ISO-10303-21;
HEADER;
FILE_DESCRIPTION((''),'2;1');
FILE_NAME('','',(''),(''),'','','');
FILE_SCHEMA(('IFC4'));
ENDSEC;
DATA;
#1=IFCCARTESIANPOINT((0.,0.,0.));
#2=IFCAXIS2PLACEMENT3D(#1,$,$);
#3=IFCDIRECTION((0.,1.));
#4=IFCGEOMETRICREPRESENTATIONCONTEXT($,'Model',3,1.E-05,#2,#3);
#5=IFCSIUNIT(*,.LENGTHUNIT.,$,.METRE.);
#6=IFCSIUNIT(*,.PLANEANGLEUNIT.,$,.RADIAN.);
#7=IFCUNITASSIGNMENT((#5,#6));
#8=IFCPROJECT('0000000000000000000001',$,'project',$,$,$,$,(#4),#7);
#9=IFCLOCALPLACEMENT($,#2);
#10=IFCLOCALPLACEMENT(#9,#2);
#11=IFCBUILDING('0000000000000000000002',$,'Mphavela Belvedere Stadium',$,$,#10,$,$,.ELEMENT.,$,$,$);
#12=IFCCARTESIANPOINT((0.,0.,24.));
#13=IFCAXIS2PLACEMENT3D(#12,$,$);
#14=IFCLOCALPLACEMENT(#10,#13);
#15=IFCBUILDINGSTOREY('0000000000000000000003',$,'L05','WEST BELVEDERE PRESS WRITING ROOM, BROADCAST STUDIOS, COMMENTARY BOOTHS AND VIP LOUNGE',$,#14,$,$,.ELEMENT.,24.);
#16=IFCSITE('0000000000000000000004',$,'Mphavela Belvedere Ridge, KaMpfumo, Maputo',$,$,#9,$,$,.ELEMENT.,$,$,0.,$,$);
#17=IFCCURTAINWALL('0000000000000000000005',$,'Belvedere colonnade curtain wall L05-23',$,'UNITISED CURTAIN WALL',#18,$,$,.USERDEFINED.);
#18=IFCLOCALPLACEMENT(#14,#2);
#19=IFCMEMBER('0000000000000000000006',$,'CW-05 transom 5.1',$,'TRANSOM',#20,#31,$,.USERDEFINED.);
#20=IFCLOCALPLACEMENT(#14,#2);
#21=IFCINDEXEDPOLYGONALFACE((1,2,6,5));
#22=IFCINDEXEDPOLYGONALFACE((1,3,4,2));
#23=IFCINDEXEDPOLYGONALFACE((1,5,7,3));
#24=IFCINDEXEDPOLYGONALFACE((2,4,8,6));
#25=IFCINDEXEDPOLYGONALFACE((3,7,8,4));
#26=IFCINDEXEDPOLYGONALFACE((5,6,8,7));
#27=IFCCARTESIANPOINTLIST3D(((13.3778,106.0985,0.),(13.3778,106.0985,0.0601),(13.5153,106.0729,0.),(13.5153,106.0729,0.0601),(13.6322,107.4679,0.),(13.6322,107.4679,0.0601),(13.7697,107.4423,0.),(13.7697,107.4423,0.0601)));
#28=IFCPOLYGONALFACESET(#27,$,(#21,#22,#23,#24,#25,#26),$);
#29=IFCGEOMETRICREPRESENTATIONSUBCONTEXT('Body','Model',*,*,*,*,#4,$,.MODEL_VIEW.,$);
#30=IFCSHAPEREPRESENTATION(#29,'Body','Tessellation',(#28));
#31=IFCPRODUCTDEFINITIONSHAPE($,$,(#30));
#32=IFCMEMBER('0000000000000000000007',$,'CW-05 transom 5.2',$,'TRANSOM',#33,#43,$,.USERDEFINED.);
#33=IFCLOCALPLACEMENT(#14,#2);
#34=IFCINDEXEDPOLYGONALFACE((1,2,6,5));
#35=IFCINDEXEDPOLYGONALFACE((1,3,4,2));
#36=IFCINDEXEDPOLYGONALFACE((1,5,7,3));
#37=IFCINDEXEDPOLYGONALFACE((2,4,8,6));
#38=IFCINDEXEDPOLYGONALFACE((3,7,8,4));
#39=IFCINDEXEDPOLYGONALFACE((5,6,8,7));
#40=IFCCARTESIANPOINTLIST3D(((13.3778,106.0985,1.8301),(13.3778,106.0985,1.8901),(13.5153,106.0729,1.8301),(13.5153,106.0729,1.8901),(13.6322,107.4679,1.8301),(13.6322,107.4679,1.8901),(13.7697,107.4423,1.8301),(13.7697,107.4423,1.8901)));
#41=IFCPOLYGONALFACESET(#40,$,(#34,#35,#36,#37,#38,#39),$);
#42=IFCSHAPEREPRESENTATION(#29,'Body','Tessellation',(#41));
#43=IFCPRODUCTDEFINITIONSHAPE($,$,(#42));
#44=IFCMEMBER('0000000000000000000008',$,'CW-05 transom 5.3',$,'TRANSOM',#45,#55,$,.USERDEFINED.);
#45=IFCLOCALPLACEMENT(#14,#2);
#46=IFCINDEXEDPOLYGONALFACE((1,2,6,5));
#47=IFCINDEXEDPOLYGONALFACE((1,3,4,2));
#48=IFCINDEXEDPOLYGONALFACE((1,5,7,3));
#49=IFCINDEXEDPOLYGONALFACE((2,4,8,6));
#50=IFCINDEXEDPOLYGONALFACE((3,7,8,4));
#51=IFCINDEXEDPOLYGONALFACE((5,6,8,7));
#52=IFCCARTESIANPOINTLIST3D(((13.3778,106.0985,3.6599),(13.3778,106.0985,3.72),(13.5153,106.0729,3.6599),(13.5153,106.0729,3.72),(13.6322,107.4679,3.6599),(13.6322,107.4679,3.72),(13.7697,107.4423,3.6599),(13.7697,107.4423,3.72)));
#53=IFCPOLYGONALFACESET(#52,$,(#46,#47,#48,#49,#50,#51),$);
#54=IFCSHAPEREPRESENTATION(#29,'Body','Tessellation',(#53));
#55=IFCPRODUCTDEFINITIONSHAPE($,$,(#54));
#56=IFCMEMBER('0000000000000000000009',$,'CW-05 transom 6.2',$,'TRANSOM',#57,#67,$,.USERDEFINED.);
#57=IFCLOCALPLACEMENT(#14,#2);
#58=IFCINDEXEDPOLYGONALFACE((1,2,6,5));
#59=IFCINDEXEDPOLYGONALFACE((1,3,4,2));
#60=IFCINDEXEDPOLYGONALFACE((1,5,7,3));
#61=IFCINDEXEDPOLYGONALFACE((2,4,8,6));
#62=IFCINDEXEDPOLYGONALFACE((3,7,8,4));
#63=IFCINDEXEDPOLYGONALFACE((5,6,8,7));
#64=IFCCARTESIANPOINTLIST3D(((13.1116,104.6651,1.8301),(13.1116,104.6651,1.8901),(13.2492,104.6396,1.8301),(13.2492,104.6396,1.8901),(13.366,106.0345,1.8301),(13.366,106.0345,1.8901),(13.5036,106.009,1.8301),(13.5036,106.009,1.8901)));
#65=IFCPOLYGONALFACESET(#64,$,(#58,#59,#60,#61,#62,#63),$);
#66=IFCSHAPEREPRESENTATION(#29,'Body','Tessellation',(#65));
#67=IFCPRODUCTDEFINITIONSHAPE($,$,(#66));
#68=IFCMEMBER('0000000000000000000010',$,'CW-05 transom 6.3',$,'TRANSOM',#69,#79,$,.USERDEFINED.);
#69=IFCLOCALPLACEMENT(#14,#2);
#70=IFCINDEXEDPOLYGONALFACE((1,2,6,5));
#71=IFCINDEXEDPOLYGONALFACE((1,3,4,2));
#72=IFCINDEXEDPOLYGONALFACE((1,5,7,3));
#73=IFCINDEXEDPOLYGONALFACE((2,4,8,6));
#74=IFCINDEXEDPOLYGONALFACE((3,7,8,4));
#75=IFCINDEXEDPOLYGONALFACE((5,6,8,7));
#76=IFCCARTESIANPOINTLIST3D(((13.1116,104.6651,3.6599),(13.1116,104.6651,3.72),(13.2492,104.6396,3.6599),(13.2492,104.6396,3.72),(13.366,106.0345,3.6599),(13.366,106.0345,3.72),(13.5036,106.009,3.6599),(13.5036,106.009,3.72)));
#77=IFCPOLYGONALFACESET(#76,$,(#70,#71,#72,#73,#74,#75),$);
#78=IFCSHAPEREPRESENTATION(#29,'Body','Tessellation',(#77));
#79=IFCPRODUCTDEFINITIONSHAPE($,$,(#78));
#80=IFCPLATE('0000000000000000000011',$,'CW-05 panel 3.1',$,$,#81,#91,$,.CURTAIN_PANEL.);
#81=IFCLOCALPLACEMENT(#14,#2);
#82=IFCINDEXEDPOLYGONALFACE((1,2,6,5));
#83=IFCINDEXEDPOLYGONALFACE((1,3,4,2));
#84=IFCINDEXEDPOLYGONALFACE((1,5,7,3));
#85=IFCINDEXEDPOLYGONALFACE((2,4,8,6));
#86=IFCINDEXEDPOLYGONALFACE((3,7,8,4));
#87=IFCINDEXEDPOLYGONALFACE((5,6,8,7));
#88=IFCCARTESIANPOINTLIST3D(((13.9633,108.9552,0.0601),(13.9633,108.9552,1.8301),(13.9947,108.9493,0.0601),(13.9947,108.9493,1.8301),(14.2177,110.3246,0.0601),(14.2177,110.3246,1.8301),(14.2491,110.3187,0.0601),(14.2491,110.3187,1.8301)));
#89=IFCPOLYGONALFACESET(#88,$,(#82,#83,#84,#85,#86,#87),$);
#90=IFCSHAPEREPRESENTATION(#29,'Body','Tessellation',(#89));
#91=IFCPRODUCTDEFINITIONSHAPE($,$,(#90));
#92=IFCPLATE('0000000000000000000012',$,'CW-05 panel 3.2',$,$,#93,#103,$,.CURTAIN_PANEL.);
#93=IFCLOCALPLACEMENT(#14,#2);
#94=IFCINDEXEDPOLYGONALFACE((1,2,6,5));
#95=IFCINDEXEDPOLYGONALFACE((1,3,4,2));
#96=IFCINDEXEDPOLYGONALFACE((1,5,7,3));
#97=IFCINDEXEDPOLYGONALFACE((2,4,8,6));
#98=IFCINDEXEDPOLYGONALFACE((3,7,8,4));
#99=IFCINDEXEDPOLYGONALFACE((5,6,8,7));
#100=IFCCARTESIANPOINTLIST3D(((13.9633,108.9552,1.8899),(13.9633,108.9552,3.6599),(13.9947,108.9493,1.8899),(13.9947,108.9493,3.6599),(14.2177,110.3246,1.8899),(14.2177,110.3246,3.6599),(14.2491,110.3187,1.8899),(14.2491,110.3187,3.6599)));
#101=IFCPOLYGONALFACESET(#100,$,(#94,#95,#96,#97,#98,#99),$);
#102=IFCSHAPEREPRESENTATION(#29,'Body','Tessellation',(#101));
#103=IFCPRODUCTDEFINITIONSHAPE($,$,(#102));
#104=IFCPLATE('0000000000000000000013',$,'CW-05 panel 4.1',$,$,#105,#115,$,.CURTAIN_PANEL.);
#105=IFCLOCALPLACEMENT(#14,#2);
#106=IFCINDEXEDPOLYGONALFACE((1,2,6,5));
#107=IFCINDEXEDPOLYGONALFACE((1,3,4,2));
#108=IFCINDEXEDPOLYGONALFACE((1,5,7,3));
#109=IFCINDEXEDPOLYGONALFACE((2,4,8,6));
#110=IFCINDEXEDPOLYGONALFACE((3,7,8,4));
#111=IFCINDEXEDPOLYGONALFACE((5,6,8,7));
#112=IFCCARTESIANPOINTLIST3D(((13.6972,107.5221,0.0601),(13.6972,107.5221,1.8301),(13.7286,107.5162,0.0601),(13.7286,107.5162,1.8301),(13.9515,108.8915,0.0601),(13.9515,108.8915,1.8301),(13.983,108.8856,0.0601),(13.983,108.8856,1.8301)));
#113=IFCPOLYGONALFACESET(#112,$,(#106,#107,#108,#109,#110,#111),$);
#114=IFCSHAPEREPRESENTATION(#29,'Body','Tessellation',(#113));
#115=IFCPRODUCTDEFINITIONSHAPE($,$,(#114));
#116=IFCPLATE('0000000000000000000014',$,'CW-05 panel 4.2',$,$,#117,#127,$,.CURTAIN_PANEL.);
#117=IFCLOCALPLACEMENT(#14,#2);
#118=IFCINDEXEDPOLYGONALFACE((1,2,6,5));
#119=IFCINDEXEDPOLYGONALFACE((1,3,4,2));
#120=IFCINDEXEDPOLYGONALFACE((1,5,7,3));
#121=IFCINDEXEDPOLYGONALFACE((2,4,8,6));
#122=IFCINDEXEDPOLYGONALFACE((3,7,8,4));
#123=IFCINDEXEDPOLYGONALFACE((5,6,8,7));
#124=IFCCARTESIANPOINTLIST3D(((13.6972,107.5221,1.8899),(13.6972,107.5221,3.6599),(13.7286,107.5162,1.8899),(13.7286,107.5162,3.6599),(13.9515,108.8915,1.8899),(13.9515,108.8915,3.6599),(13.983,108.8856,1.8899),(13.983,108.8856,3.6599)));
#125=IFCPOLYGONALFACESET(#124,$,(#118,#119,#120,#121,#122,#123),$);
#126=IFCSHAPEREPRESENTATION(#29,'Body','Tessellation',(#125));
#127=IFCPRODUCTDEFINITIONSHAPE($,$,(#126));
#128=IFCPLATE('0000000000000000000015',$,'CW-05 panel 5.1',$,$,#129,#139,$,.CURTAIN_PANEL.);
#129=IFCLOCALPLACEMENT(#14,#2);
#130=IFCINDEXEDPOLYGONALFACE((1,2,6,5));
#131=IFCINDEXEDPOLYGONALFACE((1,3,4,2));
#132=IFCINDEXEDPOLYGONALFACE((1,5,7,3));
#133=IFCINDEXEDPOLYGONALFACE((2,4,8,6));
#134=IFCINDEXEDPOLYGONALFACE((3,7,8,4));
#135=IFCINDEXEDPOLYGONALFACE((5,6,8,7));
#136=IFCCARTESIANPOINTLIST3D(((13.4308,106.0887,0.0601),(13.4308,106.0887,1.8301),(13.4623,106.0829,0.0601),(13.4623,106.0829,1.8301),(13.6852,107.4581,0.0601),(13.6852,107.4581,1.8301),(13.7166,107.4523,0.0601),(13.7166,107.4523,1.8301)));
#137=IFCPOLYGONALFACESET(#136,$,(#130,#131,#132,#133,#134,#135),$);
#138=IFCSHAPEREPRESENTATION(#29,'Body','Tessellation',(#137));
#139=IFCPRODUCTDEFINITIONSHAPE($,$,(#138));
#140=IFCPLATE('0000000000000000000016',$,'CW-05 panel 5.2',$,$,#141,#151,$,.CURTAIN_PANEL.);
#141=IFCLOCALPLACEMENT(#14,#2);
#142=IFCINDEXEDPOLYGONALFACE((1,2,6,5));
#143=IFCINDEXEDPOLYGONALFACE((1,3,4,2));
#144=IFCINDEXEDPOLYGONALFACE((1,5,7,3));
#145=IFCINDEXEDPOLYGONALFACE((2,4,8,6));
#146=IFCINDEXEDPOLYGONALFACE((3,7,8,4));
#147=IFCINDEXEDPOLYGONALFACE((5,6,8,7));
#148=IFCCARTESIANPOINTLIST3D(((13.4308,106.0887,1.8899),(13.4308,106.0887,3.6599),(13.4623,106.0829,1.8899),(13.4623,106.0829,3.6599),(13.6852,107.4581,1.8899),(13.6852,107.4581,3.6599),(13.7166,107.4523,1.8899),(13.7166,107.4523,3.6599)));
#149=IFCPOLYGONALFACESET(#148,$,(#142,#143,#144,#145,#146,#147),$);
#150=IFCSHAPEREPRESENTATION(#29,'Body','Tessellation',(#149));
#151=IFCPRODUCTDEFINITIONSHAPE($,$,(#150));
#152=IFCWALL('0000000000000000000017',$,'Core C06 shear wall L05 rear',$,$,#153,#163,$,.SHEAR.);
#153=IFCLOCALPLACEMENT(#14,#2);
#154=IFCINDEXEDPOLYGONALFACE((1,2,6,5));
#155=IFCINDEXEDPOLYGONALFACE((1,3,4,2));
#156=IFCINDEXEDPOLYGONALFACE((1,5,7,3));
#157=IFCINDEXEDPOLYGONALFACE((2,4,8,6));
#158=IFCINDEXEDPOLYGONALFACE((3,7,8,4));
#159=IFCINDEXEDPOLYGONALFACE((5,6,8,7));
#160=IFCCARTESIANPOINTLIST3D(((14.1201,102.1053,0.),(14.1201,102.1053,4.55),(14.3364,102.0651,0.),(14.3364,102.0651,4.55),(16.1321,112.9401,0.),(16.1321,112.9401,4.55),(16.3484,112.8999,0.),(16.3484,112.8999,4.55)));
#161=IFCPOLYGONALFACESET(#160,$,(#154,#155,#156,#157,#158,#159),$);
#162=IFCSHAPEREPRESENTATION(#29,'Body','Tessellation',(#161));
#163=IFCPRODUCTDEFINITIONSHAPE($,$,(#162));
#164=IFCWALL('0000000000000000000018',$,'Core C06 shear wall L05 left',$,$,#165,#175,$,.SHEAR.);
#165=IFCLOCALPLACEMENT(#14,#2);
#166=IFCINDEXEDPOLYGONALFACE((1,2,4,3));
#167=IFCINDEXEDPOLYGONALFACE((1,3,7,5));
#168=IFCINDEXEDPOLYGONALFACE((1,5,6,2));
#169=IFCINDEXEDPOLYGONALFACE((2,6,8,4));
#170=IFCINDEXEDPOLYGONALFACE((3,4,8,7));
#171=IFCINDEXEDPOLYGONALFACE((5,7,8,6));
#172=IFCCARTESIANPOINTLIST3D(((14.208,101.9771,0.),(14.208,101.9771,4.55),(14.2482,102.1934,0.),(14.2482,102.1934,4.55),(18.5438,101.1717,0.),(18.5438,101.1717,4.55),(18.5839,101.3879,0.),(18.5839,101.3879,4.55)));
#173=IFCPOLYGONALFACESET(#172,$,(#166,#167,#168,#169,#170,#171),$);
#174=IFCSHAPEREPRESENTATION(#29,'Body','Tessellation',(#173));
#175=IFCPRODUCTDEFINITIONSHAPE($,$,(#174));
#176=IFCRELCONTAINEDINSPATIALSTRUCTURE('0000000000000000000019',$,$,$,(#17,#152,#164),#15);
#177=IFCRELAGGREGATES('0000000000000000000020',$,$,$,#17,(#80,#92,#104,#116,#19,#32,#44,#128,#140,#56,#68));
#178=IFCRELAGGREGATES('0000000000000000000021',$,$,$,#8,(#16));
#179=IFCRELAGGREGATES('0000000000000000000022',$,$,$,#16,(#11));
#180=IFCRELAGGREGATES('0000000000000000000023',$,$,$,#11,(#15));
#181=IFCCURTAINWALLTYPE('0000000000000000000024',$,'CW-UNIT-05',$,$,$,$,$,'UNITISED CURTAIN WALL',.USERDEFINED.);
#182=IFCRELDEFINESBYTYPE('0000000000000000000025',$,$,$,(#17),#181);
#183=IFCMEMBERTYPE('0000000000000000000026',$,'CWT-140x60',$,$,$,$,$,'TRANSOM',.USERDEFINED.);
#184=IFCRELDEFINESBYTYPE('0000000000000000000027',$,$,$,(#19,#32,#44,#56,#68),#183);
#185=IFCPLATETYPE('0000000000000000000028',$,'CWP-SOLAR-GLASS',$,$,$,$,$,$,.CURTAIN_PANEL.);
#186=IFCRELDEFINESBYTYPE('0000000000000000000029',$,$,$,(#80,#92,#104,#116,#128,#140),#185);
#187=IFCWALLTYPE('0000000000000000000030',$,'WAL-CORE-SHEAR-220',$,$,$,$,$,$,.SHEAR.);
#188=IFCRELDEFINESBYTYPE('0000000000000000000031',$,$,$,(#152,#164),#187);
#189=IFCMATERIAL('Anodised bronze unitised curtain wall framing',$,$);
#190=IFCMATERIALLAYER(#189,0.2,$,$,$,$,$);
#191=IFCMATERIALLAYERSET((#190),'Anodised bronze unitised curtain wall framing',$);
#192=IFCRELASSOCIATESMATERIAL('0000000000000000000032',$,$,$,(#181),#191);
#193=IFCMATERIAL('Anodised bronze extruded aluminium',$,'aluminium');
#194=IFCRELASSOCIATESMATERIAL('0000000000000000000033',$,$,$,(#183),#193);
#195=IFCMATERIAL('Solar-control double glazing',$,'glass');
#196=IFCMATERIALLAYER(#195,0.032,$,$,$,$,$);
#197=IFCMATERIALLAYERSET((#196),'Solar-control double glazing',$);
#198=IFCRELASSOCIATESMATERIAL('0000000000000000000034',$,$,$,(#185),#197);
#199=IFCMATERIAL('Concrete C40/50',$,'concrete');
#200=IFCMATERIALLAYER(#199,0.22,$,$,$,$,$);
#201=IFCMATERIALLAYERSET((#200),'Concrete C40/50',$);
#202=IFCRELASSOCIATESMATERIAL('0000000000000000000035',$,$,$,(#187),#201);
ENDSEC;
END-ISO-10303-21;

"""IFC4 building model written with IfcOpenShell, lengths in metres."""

from ifc_helpers import new_model, si_unit, direction, frame, frame_2d, origin, origin_2d, place, context, subcontext, project, spatial, rectangle, extrude, material, layer, layer_set, material_profile, profile_set, type_object, element, aggregate, save


model = new_model("IFC4")

# Units and contexts
model_context = context("Model", 3, precision=1e-05, world=origin(), true_north=direction((0.0, 1.0)))
body_context = subcontext(model_context, "Body", "Model", "MODEL_VIEW")
ifc_project = project(units=[si_unit("LENGTHUNIT", "METRE"), si_unit("PLANEANGLEUNIT", "RADIAN")], contexts=[model_context])

# Site, building, storey
site_placement = place(None, origin())
site = spatial("IfcSite", under=ifc_project, at=site_placement, Name="Mphavela Belvedere Ridge, KaMpfumo, Maputo", CompositionType="ELEMENT", RefElevation=0.0)
building_placement = place(site_placement, origin())
building = spatial("IfcBuilding", under=site, at=building_placement, Name="Mphavela Belvedere Stadium", CompositionType="ELEMENT")
storey_placement = place(building_placement, frame((0.0, 0.0, 24.0)))
storey = spatial("IfcBuildingStorey", under=building, at=storey_placement, Name="L05", Description="WEST BELVEDERE PRESS WRITING ROOM, BROADCAST STUDIOS, COMMENTARY BOOTHS AND VIP LOUNGE", CompositionType="ELEMENT", Elevation=24.0)

# Curtain wall, members, plates
ifc_material_1 = material(Name="Anodised bronze unitised curtain wall framing")
ifc_layer_1 = layer(ifc_material_1, 0.2)
ifc_layer_set_1 = layer_set([ifc_layer_1], Name="Anodised bronze unitised curtain wall framing")
curtain_wall_type = type_object("IfcCurtainWallType", Name="CW-UNIT-05", ElementType="UNITISED CURTAIN WALL", PredefinedType="USERDEFINED", material=ifc_layer_set_1)
curtain_wall_placement = place(storey_placement, origin())
curtain_wall = element("IfcCurtainWall", 1, at=curtain_wall_placement, inside=storey, type_object=curtain_wall_type, Name="Belvedere colonnade curtain wall L05-23", ObjectType="UNITISED CURTAIN WALL", PredefinedType="USERDEFINED")
ifc_material_2 = material(Name="Anodised bronze extruded aluminium", Category="aluminium")
ifc_material_profile_1 = material_profile(ifc_material_2, rectangle(XDim=0.1399, YDim=0.0601, at=origin_2d()), Name="CW-TRN 140x60")
ifc_profile_set_1 = profile_set([ifc_material_profile_1], Name="Anodised bronze extruded aluminium")
member_type_1 = type_object("IfcMemberType", Name="CWT-140x60", ElementType="TRANSOM", PredefinedType="USERDEFINED", material=ifc_profile_set_1)
member_1_placement = place(storey_placement, frame((13.7009, 107.4551, 0.03), z_axis=(-0.182648, -0.983178, 0.0), x_axis=(0.983178, -0.182648, 0.0)))
member_1 = element("IfcMember", 2, at=member_1_placement, type_object=member_type_1, Name="CW-05 transom 5.1", ObjectType="TRANSOM", PredefinedType="USERDEFINED", context=body_context, shape_type="SweptSolid", body=[
    extrude(rectangle(XDim=0.1399, YDim=0.0601, at=origin_2d()), origin(), (0.0, 0.0, 1.0), 1.3928),
])
member_2_placement = place(storey_placement, frame((13.7009, 107.4551, 1.8601), z_axis=(-0.182648, -0.983178, 0.0), x_axis=(0.983178, -0.182648, 0.0)))
member_2 = element("IfcMember", 3, at=member_2_placement, type_object=member_type_1, Name="CW-05 transom 5.2", ObjectType="TRANSOM", PredefinedType="USERDEFINED", context=body_context, shape_type="SweptSolid", body=[
    extrude(rectangle(XDim=0.1399, YDim=0.0601, at=origin_2d()), origin(), (0.0, 0.0, 1.0), 1.3928),
])
member_3_placement = place(storey_placement, frame((13.7009, 107.4551, 3.6899), z_axis=(-0.182648, -0.983178, 0.0), x_axis=(0.983178, -0.182648, 0.0)))
member_3 = element("IfcMember", 4, at=member_3_placement, type_object=member_type_1, Name="CW-05 transom 5.3", ObjectType="TRANSOM", PredefinedType="USERDEFINED", context=body_context, shape_type="SweptSolid", body=[
    extrude(rectangle(XDim=0.1399, YDim=0.0601, at=origin_2d()), origin(), (0.0, 0.0, 1.0), 1.3928),
])
member_4_placement = place(storey_placement, frame((13.4348, 106.0217, 1.8601), z_axis=(-0.182648, -0.983178, 0.0), x_axis=(0.983178, -0.182648, 0.0)))
member_4 = element("IfcMember", 5, at=member_4_placement, type_object=member_type_1, Name="CW-05 transom 6.2", ObjectType="TRANSOM", PredefinedType="USERDEFINED", context=body_context, shape_type="SweptSolid", body=[
    extrude(rectangle(XDim=0.1399, YDim=0.0601, at=origin_2d()), origin(), (0.0, 0.0, 1.0), 1.3928),
])
member_5_placement = place(storey_placement, frame((13.4348, 106.0217, 3.6899), z_axis=(-0.182648, -0.983178, 0.0), x_axis=(0.983178, -0.182648, 0.0)))
member_5 = element("IfcMember", 6, at=member_5_placement, type_object=member_type_1, Name="CW-05 transom 6.3", ObjectType="TRANSOM", PredefinedType="USERDEFINED", context=body_context, shape_type="SweptSolid", body=[
    extrude(rectangle(XDim=0.1399, YDim=0.0601, at=origin_2d()), origin(), (0.0, 0.0, 1.0), 1.3928),
])
ifc_material_3 = material(Name="Solar-control double glazing", Category="glass")
ifc_layer_2 = layer(ifc_material_3, 0.032)
ifc_layer_set_2 = layer_set([ifc_layer_2], Name="Solar-control double glazing")
plate_type = type_object("IfcPlateType", Name="CWP-SOLAR-GLASS", PredefinedType="CURTAIN_PANEL", material=ifc_layer_set_2)
plate_1_placement = place(storey_placement, frame((14.1062, 109.637, 0.0601), z_axis=(0.0, 0.0, 1.0), x_axis=(-0.182618, -0.983184, 0.0)))
plate_1 = element("IfcPlate", 7, at=plate_1_placement, type_object=plate_type, Name="CW-05 panel 3.1", PredefinedType="CURTAIN_PANEL", context=body_context, shape_type="SweptSolid", body=[
    extrude(rectangle(XDim=1.3928, YDim=0.032, at=origin_2d()), origin(), (0.0, 0.0, 1.0), 1.77),
])
plate_2_placement = place(storey_placement, frame((14.1062, 109.637, 1.8899), z_axis=(0.0, 0.0, 1.0), x_axis=(-0.182618, -0.983184, 0.0)))
plate_2 = element("IfcPlate", 8, at=plate_2_placement, type_object=plate_type, Name="CW-05 panel 3.2", PredefinedType="CURTAIN_PANEL", context=body_context, shape_type="SweptSolid", body=[
    extrude(rectangle(XDim=1.3928, YDim=0.032, at=origin_2d()), origin(), (0.0, 0.0, 1.0), 1.77),
])
plate_3_placement = place(storey_placement, frame((13.8401, 108.2039, 0.0601), z_axis=(0.0, 0.0, 1.0), x_axis=(-0.182618, -0.983184, 0.0)))
plate_3 = element("IfcPlate", 9, at=plate_3_placement, type_object=plate_type, Name="CW-05 panel 4.1", PredefinedType="CURTAIN_PANEL", context=body_context, shape_type="SweptSolid", body=[
    extrude(rectangle(XDim=1.3928, YDim=0.032, at=origin_2d()), origin(), (0.0, 0.0, 1.0), 1.77),
])
plate_4_placement = place(storey_placement, frame((13.8401, 108.2039, 1.8899), z_axis=(0.0, 0.0, 1.0), x_axis=(-0.182618, -0.983184, 0.0)))
plate_4 = element("IfcPlate", 10, at=plate_4_placement, type_object=plate_type, Name="CW-05 panel 4.2", PredefinedType="CURTAIN_PANEL", context=body_context, shape_type="SweptSolid", body=[
    extrude(rectangle(XDim=1.3928, YDim=0.032, at=origin_2d()), origin(), (0.0, 0.0, 1.0), 1.77),
])
plate_5_placement = place(storey_placement, frame((13.5737, 106.7705, 0.0601), z_axis=(0.0, 0.0, 1.0), x_axis=(-0.182618, -0.983184, 0.0)))
plate_5 = element("IfcPlate", 11, at=plate_5_placement, type_object=plate_type, Name="CW-05 panel 5.1", PredefinedType="CURTAIN_PANEL", context=body_context, shape_type="SweptSolid", body=[
    extrude(rectangle(XDim=1.3928, YDim=0.032, at=origin_2d()), origin(), (0.0, 0.0, 1.0), 1.77),
])
plate_6_placement = place(storey_placement, frame((13.5737, 106.7705, 1.8899), z_axis=(0.0, 0.0, 1.0), x_axis=(-0.182618, -0.983184, 0.0)))
plate_6 = element("IfcPlate", 12, at=plate_6_placement, type_object=plate_type, Name="CW-05 panel 5.2", PredefinedType="CURTAIN_PANEL", context=body_context, shape_type="SweptSolid", body=[
    extrude(rectangle(XDim=1.3928, YDim=0.032, at=origin_2d()), origin(), (0.0, 0.0, 1.0), 1.77),
])
aggregate(curtain_wall, [plate_1, plate_2, plate_3, plate_4, member_1, member_2, member_3, plate_5, plate_6, member_4, member_5])

# Walls
ifc_material_4 = material(Name="Concrete C40/50", Category="concrete")
ifc_layer_3 = layer(ifc_material_4, 0.22)
ifc_layer_set_3 = layer_set([ifc_layer_3], Name="Concrete C40/50")
wall_type_1 = type_object("IfcWallType", Name="WAL-CORE-SHEAR-220", PredefinedType="SHEAR", material=ifc_layer_set_3)
wall_1_placement = place(storey_placement, frame((14.2283, 102.0852, 0.0), z_axis=(0.0, 0.0, 1.0), x_axis=(0.182575, 0.983192, 0.0)))
element("IfcWall", 13, at=wall_1_placement, inside=storey, type_object=wall_type_1, Name="Core C06 shear wall L05 rear", PredefinedType="SHEAR", context=body_context, shape_type="SweptSolid", body=[
    extrude(rectangle(XDim=11.02, YDim=0.22, at=frame_2d((5.51, 0.0))), origin(), (0.0, 0.0, 1.0), 4.55),
])
wall_2_placement = place(storey_placement, frame((18.564, 101.2798, 0.0), z_axis=(0.0, 0.0, 1.0), x_axis=(-0.98318, 0.18264, 0.0)))
element("IfcWall", 14, at=wall_2_placement, inside=storey, type_object=wall_type_1, Name="Core C06 shear wall L05 left", PredefinedType="SHEAR", context=body_context, shape_type="SweptSolid", body=[
    extrude(rectangle(XDim=4.4099, YDim=0.22, at=frame_2d((2.2051, 0.0))), origin(), (0.0, 0.0, 1.0), 4.55),
])

save(model, "model.ifc")
